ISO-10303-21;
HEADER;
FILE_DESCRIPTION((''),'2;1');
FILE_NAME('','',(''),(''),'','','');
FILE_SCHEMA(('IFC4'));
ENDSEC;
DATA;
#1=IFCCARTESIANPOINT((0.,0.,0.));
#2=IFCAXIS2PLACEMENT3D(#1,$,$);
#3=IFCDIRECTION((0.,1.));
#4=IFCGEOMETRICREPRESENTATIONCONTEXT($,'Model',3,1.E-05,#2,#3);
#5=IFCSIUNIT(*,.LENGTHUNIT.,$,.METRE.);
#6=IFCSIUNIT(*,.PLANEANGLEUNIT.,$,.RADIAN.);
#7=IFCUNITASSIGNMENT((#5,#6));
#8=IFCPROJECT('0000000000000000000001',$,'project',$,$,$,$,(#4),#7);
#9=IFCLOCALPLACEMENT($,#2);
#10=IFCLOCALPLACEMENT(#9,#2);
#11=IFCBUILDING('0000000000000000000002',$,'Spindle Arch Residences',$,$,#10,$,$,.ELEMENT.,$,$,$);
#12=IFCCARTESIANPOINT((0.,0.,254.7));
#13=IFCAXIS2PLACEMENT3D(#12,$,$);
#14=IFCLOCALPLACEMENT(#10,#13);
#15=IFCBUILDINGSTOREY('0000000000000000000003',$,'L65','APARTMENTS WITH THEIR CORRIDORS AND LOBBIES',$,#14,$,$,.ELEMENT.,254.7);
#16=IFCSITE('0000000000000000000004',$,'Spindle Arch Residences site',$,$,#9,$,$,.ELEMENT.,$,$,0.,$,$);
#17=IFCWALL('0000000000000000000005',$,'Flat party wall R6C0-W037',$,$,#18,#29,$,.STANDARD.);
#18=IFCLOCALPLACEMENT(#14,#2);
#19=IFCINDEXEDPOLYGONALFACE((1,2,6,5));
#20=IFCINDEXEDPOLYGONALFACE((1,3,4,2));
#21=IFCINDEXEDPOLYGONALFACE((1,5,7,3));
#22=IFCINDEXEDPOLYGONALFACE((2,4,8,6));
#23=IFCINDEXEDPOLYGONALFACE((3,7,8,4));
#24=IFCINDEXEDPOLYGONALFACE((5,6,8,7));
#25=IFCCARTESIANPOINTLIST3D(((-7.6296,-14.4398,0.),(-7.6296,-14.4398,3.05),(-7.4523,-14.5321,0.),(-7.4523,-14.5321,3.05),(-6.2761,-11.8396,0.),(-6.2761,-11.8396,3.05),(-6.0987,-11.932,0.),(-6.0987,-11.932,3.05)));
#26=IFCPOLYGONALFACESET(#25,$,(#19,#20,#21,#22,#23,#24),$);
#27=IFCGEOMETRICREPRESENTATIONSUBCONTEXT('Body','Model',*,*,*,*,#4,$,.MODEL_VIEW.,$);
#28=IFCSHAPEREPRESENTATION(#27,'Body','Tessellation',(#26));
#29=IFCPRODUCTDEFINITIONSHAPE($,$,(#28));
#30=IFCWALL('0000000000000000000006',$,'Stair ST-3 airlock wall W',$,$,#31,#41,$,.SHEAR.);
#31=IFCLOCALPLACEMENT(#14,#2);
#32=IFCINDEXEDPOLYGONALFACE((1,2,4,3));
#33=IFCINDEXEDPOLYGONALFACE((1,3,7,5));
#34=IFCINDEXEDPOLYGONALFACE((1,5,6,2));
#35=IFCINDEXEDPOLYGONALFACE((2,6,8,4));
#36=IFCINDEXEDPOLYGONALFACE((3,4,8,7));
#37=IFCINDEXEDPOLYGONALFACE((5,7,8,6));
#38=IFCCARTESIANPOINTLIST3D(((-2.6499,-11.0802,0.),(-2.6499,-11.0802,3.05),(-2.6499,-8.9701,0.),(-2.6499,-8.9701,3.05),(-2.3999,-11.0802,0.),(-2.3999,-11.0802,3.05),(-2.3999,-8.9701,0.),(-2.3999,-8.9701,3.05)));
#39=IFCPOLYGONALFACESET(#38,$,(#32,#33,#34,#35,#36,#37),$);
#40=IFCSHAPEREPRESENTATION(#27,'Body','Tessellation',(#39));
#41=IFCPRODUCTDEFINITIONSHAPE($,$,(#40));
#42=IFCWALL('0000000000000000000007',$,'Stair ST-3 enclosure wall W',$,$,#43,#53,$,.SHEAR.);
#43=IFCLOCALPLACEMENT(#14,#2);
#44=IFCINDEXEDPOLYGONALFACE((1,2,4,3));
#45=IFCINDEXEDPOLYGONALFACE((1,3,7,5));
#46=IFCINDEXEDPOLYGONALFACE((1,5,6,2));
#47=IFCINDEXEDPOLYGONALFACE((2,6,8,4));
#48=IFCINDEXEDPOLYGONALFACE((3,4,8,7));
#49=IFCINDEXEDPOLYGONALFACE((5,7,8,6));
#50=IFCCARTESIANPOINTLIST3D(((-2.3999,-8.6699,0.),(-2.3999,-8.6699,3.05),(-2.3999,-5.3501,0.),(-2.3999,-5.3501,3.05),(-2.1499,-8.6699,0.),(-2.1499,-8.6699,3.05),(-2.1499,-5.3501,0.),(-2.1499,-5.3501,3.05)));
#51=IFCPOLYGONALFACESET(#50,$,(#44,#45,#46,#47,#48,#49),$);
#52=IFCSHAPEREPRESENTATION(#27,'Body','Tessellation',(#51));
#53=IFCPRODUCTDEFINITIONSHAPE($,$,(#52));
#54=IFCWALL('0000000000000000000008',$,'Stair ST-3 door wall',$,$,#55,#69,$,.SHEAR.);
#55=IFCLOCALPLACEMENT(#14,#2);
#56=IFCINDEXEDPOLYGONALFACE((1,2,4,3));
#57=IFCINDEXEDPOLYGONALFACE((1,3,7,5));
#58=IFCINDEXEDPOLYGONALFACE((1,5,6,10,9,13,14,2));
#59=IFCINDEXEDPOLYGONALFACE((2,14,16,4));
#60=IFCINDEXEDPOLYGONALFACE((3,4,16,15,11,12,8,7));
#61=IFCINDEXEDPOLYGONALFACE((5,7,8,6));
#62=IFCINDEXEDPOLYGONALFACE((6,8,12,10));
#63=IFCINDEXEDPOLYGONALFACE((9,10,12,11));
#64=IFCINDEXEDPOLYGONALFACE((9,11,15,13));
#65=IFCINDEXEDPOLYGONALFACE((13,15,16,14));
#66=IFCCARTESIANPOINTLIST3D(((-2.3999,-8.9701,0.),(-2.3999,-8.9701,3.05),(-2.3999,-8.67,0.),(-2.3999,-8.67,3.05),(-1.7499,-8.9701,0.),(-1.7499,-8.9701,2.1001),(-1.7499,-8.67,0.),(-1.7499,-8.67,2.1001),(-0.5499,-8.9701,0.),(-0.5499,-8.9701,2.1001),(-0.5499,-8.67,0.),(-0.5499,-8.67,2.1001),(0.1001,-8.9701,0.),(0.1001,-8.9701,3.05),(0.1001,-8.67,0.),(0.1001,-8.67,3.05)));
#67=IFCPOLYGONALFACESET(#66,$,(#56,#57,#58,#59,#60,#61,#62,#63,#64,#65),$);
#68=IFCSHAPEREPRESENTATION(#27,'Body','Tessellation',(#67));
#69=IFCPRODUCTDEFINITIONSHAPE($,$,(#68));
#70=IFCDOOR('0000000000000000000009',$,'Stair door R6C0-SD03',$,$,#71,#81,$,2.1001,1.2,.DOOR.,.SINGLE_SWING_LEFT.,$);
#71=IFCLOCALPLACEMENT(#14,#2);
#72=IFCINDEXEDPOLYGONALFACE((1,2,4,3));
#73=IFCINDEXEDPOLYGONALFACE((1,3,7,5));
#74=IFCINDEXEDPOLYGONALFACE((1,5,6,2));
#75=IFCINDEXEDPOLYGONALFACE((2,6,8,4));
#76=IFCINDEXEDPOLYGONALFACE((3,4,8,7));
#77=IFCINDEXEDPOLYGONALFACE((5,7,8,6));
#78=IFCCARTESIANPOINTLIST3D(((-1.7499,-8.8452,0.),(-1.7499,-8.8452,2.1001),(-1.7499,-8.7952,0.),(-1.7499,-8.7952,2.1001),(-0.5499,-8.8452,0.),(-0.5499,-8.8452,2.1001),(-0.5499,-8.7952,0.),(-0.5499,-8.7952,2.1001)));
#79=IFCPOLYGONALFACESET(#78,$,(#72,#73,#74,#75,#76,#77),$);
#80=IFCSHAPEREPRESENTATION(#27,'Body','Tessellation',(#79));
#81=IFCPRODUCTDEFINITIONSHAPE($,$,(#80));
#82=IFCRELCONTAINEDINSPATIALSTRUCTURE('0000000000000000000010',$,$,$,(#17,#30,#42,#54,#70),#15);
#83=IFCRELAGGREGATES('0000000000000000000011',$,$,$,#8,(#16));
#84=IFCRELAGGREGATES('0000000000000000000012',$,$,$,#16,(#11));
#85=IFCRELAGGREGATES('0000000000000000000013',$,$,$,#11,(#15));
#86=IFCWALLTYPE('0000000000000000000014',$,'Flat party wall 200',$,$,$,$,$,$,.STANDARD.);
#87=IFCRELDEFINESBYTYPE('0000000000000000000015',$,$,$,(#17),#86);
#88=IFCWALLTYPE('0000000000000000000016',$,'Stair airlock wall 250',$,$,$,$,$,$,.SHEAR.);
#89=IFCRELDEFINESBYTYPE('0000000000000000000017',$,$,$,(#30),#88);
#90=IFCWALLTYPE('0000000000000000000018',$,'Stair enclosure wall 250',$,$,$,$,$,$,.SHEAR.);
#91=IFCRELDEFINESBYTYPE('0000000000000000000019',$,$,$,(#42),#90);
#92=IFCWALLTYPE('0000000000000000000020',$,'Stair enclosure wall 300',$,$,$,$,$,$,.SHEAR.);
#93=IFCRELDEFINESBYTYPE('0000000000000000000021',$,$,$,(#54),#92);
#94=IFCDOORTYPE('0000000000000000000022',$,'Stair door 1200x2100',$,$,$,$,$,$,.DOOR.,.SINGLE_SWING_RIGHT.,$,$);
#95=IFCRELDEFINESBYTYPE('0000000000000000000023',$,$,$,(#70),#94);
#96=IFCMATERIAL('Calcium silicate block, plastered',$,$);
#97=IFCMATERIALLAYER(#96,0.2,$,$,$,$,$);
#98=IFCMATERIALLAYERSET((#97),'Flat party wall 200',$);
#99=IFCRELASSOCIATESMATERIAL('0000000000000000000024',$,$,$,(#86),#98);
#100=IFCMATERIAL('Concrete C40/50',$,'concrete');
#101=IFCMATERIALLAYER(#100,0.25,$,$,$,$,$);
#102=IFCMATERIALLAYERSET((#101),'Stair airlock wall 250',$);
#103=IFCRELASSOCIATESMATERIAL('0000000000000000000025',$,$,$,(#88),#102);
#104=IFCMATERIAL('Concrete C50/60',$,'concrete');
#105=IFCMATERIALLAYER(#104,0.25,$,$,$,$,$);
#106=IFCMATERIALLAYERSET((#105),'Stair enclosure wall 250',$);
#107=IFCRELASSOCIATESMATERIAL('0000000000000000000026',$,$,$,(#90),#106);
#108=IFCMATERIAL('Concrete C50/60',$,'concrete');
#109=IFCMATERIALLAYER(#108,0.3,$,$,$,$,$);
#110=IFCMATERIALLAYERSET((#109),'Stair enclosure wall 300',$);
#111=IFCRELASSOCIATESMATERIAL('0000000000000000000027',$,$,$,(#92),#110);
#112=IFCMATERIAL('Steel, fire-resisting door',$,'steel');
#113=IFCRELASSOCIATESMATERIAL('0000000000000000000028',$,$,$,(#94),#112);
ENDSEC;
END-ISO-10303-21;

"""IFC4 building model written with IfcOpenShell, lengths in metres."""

from ifc_helpers import new_model, si_unit, direction, frame, frame_2d, origin, place, context, subcontext, project, spatial, rectangle, extrude, material, layer, layer_set, type_object, element, fill, save


model = new_model("IFC4")

# Units and contexts
model_context = context("Model", 3, precision=1e-05, world=origin(), true_north=direction((0.0, 1.0)))
body_context = subcontext(model_context, "Body", "Model", "MODEL_VIEW")
ifc_project = project(units=[si_unit("LENGTHUNIT", "METRE"), si_unit("PLANEANGLEUNIT", "RADIAN")], contexts=[model_context])

# Site, building, storey
site_placement = place(None, origin())
site = spatial("IfcSite", under=ifc_project, at=site_placement, Name="Spindle Arch Residences site", CompositionType="ELEMENT", RefElevation=0.0)
building_placement = place(site_placement, origin())
building = spatial("IfcBuilding", under=site, at=building_placement, Name="Spindle Arch Residences", CompositionType="ELEMENT")
storey_placement = place(building_placement, frame((0.0, 0.0, 254.7)))
storey = spatial("IfcBuildingStorey", under=building, at=storey_placement, Name="L65", Description="APARTMENTS WITH THEIR CORRIDORS AND LOBBIES", CompositionType="ELEMENT", Elevation=254.7)

# Walls
ifc_material_1 = material(Name="Calcium silicate block, plastered")
ifc_layer_1 = layer(ifc_material_1, 0.2)
ifc_layer_set_1 = layer_set([ifc_layer_1], Name="Flat party wall 200")
wall_type_1 = type_object("IfcWallType", Name="Flat party wall 200", PredefinedType="STANDARD", material=ifc_layer_set_1)
wall_1_placement = place(storey_placement, frame((-7.541, -14.4861, 0.0), z_axis=(0.0, 0.0, 1.0), x_axis=(0.461746, 0.887012, 0.0)))
element("IfcWall", 1, at=wall_1_placement, inside=storey, type_object=wall_type_1, Name="Flat party wall R6C0-W037", PredefinedType="STANDARD", context=body_context, shape_type="SweptSolid", body=[
    extrude(rectangle(XDim=2.9314, YDim=0.2, at=frame_2d((1.4658, 0.0))), origin(), (0.0, 0.0, 1.0), 3.05),
])
ifc_material_2 = material(Name="Concrete C40/50", Category="concrete")
ifc_layer_2 = layer(ifc_material_2, 0.25)
ifc_layer_set_2 = layer_set([ifc_layer_2], Name="Stair airlock wall 250")
wall_type_2 = type_object("IfcWallType", Name="Stair airlock wall 250", PredefinedType="SHEAR", material=ifc_layer_set_2)
wall_2_placement = place(storey_placement, frame((-2.5249, -8.97, 0.0), z_axis=(0.0, 0.0, 1.0), x_axis=(0.0, -1.0, 0.0)))
element("IfcWall", 2, at=wall_2_placement, inside=storey, type_object=wall_type_2, Name="Stair ST-3 airlock wall W", PredefinedType="SHEAR", context=body_context, shape_type="SweptSolid", body=[
    extrude(rectangle(XDim=2.1101, YDim=0.25, at=frame_2d((1.0552, 0.0))), origin(), (0.0, 0.0, 1.0), 3.05),
])
ifc_material_3 = material(Name="Concrete C50/60", Category="concrete")
ifc_layer_3 = layer(ifc_material_3, 0.25)
ifc_layer_set_3 = layer_set([ifc_layer_3], Name="Stair enclosure wall 250")
wall_type_3 = type_object("IfcWallType", Name="Stair enclosure wall 250", PredefinedType="SHEAR", material=ifc_layer_set_3)
wall_3_placement = place(storey_placement, frame((-2.2749, -8.6699, 0.0), z_axis=(0.0, 0.0, 1.0), x_axis=(0.0, 1.0, 0.0)))
element("IfcWall", 3, at=wall_3_placement, inside=storey, type_object=wall_type_3, Name="Stair ST-3 enclosure wall W", PredefinedType="SHEAR", context=body_context, shape_type="SweptSolid", body=[
    extrude(rectangle(XDim=3.3198, YDim=0.25, at=frame_2d((1.6599, 0.0))), origin(), (0.0, 0.0, 1.0), 3.05),
])

# Wall, opening, door
ifc_material_4 = material(Name="Concrete C50/60", Category="concrete")
ifc_layer_4 = layer(ifc_material_4, 0.3)
ifc_layer_set_4 = layer_set([ifc_layer_4], Name="Stair enclosure wall 300")
wall_type_4 = type_object("IfcWallType", Name="Stair enclosure wall 300", PredefinedType="SHEAR", material=ifc_layer_set_4)
wall_4_placement = place(storey_placement, frame((-2.3999, -8.8201, 0.0), z_axis=(0.0, 0.0, 1.0), x_axis=(1.0, 0.0, 0.0)))
wall_4 = element("IfcWall", 4, at=wall_4_placement, inside=storey, type_object=wall_type_4, Name="Stair ST-3 door wall", PredefinedType="SHEAR", context=body_context, shape_type="SweptSolid", body=[
    extrude(rectangle(XDim=2.5, YDim=0.3, at=frame_2d((1.25, 0.0))), origin(), (0.0, 0.0, 1.0), 3.05),
])
opening_1_placement = place(wall_4_placement, frame((0.6499, 0.0, 0.0)))
opening_1 = element("IfcOpeningElement", 5, at=opening_1_placement, cuts=wall_4, PredefinedType="OPENING", context=body_context, shape_type="SweptSolid", body=[
    extrude(rectangle(XDim=1.2, YDim=2.1001, at=frame_2d((0.6001, 1.05))), frame((0.0, 0.1602, 0.0), z_axis=(0.0, -1.0, 0.0), x_axis=(1.0, 0.0, 0.0)), (0.0, 0.0, 1.0), 0.3201),
])
ifc_material_5 = material(Name="Steel, fire-resisting door", Category="steel")
door_type_1 = type_object("IfcDoorType", Name="Stair door 1200x2100", OperationType="SINGLE_SWING_RIGHT", PredefinedType="DOOR", material=ifc_material_5)
door_1_placement = place(opening_1_placement, origin())
door_1 = element("IfcDoor", 6, at=door_1_placement, inside=storey, type_object=door_type_1, Name="Stair door R6C0-SD03", OperationType="SINGLE_SWING_LEFT", OverallHeight=2.1001, OverallWidth=1.2, PredefinedType="DOOR", context=body_context, shape_type="SweptSolid", body=[
    extrude(rectangle(XDim=1.2, YDim=2.1001, at=frame_2d((0.6001, 1.05))), frame((0.0, 0.0249, 0.0), z_axis=(0.0, -1.0, 0.0), x_axis=(1.0, 0.0, 0.0)), (0.0, 0.0, 1.0), 0.05),
])
fill(opening_1, door_1)

save(model, "model.ifc")
